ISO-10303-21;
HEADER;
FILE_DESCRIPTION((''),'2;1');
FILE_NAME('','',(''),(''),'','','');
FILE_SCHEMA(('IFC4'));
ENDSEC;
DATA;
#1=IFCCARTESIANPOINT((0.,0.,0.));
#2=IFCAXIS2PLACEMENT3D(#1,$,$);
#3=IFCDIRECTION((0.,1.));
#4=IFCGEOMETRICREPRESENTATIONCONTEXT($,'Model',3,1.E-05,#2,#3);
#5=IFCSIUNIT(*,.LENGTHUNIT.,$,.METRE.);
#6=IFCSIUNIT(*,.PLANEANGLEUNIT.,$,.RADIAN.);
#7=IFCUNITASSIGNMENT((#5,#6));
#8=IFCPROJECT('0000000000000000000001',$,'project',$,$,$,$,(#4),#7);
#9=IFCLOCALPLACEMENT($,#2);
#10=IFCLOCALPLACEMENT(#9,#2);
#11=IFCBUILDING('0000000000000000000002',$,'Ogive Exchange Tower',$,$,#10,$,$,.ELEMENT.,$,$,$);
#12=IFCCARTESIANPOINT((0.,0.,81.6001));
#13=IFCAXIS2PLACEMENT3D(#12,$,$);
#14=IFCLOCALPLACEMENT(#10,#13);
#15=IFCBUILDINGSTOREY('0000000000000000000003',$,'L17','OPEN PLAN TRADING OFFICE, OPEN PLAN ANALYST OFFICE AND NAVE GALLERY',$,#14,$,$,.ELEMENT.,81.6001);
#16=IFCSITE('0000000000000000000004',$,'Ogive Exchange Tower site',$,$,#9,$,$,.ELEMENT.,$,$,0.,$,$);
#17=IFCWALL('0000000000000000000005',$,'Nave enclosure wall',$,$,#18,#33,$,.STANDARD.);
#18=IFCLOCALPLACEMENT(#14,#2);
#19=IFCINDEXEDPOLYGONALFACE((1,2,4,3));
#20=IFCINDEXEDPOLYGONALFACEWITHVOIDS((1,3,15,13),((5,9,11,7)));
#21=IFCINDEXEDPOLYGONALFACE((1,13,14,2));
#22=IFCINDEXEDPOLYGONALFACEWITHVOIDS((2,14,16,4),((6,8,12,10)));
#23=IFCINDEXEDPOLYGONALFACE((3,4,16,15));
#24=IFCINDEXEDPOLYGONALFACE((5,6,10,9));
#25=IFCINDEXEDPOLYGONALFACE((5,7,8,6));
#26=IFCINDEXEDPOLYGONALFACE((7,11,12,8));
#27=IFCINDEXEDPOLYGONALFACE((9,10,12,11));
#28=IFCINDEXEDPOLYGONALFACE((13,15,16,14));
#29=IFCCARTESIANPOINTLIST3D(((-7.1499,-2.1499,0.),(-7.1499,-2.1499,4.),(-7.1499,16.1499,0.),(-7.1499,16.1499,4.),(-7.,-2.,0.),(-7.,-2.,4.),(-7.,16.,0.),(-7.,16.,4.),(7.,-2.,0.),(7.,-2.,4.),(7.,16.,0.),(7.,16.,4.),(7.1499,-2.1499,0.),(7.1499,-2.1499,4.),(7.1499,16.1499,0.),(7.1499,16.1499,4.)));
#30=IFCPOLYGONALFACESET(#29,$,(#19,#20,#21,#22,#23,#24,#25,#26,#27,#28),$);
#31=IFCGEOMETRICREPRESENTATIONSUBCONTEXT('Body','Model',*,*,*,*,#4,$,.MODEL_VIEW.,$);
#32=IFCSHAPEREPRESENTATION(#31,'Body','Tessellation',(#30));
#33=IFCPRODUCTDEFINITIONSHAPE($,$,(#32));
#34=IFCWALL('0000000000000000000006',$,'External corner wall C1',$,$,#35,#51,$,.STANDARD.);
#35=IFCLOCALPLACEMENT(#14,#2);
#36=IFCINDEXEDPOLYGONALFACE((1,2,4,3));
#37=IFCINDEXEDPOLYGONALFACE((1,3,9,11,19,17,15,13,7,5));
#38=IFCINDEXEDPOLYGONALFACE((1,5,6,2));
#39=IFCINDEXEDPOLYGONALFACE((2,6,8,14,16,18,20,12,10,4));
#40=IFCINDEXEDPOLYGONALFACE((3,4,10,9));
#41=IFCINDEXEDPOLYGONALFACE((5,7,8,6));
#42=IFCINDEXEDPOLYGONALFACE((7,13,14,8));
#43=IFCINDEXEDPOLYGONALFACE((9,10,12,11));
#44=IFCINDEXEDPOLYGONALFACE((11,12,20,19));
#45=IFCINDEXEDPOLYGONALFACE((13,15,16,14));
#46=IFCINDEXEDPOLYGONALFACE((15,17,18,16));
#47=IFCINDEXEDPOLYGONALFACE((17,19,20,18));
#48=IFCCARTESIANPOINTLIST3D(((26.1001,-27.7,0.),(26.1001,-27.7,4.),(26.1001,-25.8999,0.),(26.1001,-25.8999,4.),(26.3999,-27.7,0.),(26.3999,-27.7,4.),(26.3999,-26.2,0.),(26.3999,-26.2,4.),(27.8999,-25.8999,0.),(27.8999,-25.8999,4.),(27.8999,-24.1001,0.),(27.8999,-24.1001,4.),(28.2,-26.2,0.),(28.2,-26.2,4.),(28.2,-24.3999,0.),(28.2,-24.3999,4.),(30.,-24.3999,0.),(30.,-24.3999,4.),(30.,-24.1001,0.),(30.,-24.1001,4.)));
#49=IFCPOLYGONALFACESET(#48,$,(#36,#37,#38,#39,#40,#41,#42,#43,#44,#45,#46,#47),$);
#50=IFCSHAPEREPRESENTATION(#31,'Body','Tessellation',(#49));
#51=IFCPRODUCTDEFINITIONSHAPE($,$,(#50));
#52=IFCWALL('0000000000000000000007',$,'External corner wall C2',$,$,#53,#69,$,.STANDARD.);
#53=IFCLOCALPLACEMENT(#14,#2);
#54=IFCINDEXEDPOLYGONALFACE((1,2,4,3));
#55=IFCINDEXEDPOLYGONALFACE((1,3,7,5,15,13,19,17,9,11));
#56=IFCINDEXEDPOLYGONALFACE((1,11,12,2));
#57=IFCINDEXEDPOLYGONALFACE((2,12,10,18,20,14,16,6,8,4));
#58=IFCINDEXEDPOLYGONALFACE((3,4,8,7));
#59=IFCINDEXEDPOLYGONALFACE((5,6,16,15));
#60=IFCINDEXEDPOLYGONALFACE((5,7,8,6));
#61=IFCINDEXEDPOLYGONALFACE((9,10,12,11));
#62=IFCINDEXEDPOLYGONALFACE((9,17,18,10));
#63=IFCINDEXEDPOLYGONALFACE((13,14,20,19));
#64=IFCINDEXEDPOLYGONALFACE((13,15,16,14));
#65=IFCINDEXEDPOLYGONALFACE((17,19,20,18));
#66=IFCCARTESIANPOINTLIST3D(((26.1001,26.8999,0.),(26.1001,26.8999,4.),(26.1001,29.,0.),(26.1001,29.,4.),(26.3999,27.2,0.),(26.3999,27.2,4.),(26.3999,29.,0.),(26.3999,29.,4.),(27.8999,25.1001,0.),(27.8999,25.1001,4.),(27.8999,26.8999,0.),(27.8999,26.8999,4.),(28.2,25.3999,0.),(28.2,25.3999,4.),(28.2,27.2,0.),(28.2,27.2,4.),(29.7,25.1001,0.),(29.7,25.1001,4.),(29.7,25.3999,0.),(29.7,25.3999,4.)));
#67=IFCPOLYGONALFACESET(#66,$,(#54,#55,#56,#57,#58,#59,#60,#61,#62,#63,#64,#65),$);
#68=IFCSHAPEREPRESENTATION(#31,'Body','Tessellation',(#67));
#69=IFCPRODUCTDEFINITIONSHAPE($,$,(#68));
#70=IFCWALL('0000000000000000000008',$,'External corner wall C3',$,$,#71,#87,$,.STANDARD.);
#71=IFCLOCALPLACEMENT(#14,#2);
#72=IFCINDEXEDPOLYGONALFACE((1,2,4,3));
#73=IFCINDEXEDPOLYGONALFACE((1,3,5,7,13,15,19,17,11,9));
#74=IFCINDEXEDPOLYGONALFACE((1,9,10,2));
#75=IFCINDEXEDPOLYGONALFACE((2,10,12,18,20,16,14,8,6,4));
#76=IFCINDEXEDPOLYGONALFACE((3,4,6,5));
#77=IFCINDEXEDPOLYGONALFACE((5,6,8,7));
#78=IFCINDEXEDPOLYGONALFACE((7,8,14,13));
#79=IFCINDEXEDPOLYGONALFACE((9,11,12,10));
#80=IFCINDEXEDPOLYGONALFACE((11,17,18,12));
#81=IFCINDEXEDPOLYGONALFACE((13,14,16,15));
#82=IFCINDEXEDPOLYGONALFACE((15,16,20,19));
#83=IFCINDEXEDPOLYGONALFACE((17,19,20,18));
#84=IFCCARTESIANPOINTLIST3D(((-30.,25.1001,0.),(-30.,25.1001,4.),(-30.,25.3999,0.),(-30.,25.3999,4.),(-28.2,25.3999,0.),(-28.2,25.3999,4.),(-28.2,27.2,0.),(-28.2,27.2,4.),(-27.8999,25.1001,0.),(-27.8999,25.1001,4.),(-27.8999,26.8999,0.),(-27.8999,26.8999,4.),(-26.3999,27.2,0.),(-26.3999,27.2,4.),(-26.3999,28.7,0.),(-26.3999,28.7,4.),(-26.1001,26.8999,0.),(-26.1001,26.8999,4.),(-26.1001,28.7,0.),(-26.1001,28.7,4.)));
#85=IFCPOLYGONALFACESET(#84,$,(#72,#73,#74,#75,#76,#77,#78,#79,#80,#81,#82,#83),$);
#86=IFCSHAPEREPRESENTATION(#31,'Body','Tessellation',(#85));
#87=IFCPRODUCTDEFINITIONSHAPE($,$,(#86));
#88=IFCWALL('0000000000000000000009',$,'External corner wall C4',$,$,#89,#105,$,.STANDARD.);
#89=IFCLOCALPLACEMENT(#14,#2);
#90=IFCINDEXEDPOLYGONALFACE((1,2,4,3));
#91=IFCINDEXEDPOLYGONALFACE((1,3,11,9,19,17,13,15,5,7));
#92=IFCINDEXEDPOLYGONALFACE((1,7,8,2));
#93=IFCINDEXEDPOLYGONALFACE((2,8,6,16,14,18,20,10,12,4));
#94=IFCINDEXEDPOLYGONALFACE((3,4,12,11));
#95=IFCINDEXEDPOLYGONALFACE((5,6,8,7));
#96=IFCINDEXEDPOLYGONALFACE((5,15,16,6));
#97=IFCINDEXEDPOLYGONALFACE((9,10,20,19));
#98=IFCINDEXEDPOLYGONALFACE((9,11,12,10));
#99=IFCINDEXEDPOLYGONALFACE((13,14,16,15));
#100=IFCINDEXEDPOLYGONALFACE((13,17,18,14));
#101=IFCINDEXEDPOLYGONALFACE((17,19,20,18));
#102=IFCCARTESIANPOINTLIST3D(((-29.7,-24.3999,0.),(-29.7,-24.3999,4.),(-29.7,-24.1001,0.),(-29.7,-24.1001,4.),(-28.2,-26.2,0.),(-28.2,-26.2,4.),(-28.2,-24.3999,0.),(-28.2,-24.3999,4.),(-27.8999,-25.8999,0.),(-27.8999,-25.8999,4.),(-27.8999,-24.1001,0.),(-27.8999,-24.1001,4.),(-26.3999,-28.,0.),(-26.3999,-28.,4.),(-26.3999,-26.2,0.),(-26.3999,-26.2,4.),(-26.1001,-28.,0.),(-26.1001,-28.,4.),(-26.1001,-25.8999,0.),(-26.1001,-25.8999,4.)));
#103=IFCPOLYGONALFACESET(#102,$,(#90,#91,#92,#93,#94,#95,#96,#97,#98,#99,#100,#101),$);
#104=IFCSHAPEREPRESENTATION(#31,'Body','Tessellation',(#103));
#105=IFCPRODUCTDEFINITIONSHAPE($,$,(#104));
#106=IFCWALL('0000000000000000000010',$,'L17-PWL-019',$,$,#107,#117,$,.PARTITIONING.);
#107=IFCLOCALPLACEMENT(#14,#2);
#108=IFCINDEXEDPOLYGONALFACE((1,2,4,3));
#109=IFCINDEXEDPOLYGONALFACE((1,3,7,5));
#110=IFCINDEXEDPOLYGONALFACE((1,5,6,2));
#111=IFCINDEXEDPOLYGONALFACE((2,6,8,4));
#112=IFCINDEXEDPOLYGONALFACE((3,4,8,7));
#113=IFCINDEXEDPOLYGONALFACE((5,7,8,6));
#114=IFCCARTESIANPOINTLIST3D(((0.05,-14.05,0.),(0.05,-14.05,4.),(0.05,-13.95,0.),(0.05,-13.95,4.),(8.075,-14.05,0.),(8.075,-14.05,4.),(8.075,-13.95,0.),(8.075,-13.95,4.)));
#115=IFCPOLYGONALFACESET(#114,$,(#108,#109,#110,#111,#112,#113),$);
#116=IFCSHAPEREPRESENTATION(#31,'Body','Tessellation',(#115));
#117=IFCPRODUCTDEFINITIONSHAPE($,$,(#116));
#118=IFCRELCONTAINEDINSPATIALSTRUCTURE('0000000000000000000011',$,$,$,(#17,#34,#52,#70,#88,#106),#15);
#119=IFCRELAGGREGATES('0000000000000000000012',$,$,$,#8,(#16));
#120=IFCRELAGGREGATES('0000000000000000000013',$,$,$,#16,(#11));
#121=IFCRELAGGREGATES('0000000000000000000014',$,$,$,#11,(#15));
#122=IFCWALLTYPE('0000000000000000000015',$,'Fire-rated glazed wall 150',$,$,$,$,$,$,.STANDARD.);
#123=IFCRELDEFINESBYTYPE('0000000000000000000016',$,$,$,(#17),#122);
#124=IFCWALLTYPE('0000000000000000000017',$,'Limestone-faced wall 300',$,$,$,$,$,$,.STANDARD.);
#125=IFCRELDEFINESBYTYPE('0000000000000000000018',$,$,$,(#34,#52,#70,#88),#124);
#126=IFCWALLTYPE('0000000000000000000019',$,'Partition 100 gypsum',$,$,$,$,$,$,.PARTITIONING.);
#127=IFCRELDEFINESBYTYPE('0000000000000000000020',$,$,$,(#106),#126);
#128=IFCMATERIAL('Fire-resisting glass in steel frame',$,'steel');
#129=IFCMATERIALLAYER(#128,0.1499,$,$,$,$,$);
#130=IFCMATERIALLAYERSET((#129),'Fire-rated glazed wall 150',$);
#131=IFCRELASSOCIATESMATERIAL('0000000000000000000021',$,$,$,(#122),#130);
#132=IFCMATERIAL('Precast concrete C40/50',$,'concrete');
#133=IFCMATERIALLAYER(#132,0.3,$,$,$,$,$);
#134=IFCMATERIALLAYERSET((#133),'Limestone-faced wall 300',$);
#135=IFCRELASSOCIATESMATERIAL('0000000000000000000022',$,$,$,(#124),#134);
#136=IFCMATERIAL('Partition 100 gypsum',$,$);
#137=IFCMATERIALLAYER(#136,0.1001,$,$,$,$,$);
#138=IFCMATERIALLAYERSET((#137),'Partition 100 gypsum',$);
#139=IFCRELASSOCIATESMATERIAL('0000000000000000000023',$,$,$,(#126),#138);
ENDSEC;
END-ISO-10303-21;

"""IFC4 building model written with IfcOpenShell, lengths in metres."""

from ifc_helpers import new_model, si_unit, direction, frame, frame_2d, origin, place, context, subcontext, project, spatial, polyline, rectangle, outline, extrude, material, layer, layer_set, type_object, element, save


model = new_model("IFC4")

# Units and contexts
model_context = context("Model", 3, precision=1e-05, world=origin(), true_north=direction((0.0, 1.0)))
body_context = subcontext(model_context, "Body", "Model", "MODEL_VIEW")
ifc_project = project(units=[si_unit("LENGTHUNIT", "METRE"), si_unit("PLANEANGLEUNIT", "RADIAN")], contexts=[model_context])

# Site, building, storey
site_placement = place(None, origin())
site = spatial("IfcSite", under=ifc_project, at=site_placement, Name="Ogive Exchange Tower site", CompositionType="ELEMENT", RefElevation=0.0)
building_placement = place(site_placement, origin())
building = spatial("IfcBuilding", under=site, at=building_placement, Name="Ogive Exchange Tower", CompositionType="ELEMENT")
storey_placement = place(building_placement, frame((0.0, 0.0, 81.6001)))
storey = spatial("IfcBuildingStorey", under=building, at=storey_placement, Name="L17", Description="OPEN PLAN TRADING OFFICE, OPEN PLAN ANALYST OFFICE AND NAVE GALLERY", CompositionType="ELEMENT", Elevation=81.6001)

# Walls
ifc_material_1 = material(Name="Fire-resisting glass in steel frame", Category="steel")
ifc_layer_1 = layer(ifc_material_1, 0.1499)
ifc_layer_set_1 = layer_set([ifc_layer_1], Name="Fire-rated glazed wall 150")
wall_type_1 = type_object("IfcWallType", Name="Fire-rated glazed wall 150", PredefinedType="STANDARD", material=ifc_layer_set_1)
wall_1_placement = place(storey_placement, origin())
element("IfcWall", 1, at=wall_1_placement, inside=storey, type_object=wall_type_1, Name="Nave enclosure wall", PredefinedType="STANDARD", context=body_context, shape_type="SweptSolid", body=[
    extrude(outline(polyline([(-7.1499, -2.1499), (7.1499, -2.1499), (7.1499, 16.1499), (-7.1499, 16.1499), (-7.1499, -2.1499)]), holes=[polyline([(-7.0, -2.0), (-7.0, 16.0), (7.0, 16.0), (7.0, -2.0), (-7.0, -2.0)])]), origin(), (0.0, 0.0, 1.0), 4.0),
])
ifc_material_2 = material(Name="Precast concrete C40/50", Category="concrete")
ifc_layer_2 = layer(ifc_material_2, 0.3)
ifc_layer_set_2 = layer_set([ifc_layer_2], Name="Limestone-faced wall 300")
wall_type_2 = type_object("IfcWallType", Name="Limestone-faced wall 300", PredefinedType="STANDARD", material=ifc_layer_set_2)
wall_2_placement = place(storey_placement, origin())
element("IfcWall", 2, at=wall_2_placement, inside=storey, type_object=wall_type_2, Name="External corner wall C1", PredefinedType="STANDARD", context=body_context, shape_type="SweptSolid", body=[
    extrude(outline(polyline([(27.8999, -25.8999), (27.8999, -24.1001), (30.0, -24.1001), (30.0, -24.3999), (28.2, -24.3999), (28.2, -26.2), (26.3999, -26.2), (26.3999, -27.7), (26.1001, -27.7), (26.1001, -25.8999), (27.8999, -25.8999)])), origin(), (0.0, 0.0, 1.0), 4.0),
])
wall_3_placement = place(storey_placement, origin())
element("IfcWall", 3, at=wall_3_placement, inside=storey, type_object=wall_type_2, Name="External corner wall C2", PredefinedType="STANDARD", context=body_context, shape_type="SweptSolid", body=[
    extrude(outline(polyline([(27.8999, 26.8999), (26.1001, 26.8999), (26.1001, 29.0), (26.3999, 29.0), (26.3999, 27.2), (28.2, 27.2), (28.2, 25.3999), (29.7, 25.3999), (29.7, 25.1001), (27.8999, 25.1001), (27.8999, 26.8999)])), origin(), (0.0, 0.0, 1.0), 4.0),
])
wall_4_placement = place(storey_placement, origin())
element("IfcWall", 4, at=wall_4_placement, inside=storey, type_object=wall_type_2, Name="External corner wall C3", PredefinedType="STANDARD", context=body_context, shape_type="SweptSolid", body=[
    extrude(outline(polyline([(-28.2, 25.3999), (-28.2, 27.2), (-26.3999, 27.2), (-26.3999, 28.7), (-26.1001, 28.7), (-26.1001, 26.8999), (-27.8999, 26.8999), (-27.8999, 25.1001), (-30.0, 25.1001), (-30.0, 25.3999), (-28.2, 25.3999)])), origin(), (0.0, 0.0, 1.0), 4.0),
])
wall_5_placement = place(storey_placement, origin())
element("IfcWall", 5, at=wall_5_placement, inside=storey, type_object=wall_type_2, Name="External corner wall C4", PredefinedType="STANDARD", context=body_context, shape_type="SweptSolid", body=[
    extrude(outline(polyline([(-26.3999, -26.2), (-28.2, -26.2), (-28.2, -24.3999), (-29.7, -24.3999), (-29.7, -24.1001), (-27.8999, -24.1001), (-27.8999, -25.8999), (-26.1001, -25.8999), (-26.1001, -28.0), (-26.3999, -28.0), (-26.3999, -26.2)])), origin(), (0.0, 0.0, 1.0), 4.0),
])
ifc_material_3 = material(Name="Partition 100 gypsum")
ifc_layer_3 = layer(ifc_material_3, 0.1001)
ifc_layer_set_3 = layer_set([ifc_layer_3], Name="Partition 100 gypsum")
wall_type_3 = type_object("IfcWallType", Name="Partition 100 gypsum", PredefinedType="PARTITIONING", material=ifc_layer_set_3)
wall_6_placement = place(storey_placement, frame((0.05, -14.0, 0.0), z_axis=(0.0, 0.0, 1.0), x_axis=(1.0, 0.0, 0.0)))
element("IfcWall", 6, at=wall_6_placement, inside=storey, type_object=wall_type_3, Name="L17-PWL-019", PredefinedType="PARTITIONING", context=body_context, shape_type="SweptSolid", body=[
    extrude(rectangle(XDim=8.0249, YDim=0.1001, at=frame_2d((4.0125, 0.0))), origin(), (0.0, 0.0, 1.0), 4.0),
])

save(model, "model.ifc")
